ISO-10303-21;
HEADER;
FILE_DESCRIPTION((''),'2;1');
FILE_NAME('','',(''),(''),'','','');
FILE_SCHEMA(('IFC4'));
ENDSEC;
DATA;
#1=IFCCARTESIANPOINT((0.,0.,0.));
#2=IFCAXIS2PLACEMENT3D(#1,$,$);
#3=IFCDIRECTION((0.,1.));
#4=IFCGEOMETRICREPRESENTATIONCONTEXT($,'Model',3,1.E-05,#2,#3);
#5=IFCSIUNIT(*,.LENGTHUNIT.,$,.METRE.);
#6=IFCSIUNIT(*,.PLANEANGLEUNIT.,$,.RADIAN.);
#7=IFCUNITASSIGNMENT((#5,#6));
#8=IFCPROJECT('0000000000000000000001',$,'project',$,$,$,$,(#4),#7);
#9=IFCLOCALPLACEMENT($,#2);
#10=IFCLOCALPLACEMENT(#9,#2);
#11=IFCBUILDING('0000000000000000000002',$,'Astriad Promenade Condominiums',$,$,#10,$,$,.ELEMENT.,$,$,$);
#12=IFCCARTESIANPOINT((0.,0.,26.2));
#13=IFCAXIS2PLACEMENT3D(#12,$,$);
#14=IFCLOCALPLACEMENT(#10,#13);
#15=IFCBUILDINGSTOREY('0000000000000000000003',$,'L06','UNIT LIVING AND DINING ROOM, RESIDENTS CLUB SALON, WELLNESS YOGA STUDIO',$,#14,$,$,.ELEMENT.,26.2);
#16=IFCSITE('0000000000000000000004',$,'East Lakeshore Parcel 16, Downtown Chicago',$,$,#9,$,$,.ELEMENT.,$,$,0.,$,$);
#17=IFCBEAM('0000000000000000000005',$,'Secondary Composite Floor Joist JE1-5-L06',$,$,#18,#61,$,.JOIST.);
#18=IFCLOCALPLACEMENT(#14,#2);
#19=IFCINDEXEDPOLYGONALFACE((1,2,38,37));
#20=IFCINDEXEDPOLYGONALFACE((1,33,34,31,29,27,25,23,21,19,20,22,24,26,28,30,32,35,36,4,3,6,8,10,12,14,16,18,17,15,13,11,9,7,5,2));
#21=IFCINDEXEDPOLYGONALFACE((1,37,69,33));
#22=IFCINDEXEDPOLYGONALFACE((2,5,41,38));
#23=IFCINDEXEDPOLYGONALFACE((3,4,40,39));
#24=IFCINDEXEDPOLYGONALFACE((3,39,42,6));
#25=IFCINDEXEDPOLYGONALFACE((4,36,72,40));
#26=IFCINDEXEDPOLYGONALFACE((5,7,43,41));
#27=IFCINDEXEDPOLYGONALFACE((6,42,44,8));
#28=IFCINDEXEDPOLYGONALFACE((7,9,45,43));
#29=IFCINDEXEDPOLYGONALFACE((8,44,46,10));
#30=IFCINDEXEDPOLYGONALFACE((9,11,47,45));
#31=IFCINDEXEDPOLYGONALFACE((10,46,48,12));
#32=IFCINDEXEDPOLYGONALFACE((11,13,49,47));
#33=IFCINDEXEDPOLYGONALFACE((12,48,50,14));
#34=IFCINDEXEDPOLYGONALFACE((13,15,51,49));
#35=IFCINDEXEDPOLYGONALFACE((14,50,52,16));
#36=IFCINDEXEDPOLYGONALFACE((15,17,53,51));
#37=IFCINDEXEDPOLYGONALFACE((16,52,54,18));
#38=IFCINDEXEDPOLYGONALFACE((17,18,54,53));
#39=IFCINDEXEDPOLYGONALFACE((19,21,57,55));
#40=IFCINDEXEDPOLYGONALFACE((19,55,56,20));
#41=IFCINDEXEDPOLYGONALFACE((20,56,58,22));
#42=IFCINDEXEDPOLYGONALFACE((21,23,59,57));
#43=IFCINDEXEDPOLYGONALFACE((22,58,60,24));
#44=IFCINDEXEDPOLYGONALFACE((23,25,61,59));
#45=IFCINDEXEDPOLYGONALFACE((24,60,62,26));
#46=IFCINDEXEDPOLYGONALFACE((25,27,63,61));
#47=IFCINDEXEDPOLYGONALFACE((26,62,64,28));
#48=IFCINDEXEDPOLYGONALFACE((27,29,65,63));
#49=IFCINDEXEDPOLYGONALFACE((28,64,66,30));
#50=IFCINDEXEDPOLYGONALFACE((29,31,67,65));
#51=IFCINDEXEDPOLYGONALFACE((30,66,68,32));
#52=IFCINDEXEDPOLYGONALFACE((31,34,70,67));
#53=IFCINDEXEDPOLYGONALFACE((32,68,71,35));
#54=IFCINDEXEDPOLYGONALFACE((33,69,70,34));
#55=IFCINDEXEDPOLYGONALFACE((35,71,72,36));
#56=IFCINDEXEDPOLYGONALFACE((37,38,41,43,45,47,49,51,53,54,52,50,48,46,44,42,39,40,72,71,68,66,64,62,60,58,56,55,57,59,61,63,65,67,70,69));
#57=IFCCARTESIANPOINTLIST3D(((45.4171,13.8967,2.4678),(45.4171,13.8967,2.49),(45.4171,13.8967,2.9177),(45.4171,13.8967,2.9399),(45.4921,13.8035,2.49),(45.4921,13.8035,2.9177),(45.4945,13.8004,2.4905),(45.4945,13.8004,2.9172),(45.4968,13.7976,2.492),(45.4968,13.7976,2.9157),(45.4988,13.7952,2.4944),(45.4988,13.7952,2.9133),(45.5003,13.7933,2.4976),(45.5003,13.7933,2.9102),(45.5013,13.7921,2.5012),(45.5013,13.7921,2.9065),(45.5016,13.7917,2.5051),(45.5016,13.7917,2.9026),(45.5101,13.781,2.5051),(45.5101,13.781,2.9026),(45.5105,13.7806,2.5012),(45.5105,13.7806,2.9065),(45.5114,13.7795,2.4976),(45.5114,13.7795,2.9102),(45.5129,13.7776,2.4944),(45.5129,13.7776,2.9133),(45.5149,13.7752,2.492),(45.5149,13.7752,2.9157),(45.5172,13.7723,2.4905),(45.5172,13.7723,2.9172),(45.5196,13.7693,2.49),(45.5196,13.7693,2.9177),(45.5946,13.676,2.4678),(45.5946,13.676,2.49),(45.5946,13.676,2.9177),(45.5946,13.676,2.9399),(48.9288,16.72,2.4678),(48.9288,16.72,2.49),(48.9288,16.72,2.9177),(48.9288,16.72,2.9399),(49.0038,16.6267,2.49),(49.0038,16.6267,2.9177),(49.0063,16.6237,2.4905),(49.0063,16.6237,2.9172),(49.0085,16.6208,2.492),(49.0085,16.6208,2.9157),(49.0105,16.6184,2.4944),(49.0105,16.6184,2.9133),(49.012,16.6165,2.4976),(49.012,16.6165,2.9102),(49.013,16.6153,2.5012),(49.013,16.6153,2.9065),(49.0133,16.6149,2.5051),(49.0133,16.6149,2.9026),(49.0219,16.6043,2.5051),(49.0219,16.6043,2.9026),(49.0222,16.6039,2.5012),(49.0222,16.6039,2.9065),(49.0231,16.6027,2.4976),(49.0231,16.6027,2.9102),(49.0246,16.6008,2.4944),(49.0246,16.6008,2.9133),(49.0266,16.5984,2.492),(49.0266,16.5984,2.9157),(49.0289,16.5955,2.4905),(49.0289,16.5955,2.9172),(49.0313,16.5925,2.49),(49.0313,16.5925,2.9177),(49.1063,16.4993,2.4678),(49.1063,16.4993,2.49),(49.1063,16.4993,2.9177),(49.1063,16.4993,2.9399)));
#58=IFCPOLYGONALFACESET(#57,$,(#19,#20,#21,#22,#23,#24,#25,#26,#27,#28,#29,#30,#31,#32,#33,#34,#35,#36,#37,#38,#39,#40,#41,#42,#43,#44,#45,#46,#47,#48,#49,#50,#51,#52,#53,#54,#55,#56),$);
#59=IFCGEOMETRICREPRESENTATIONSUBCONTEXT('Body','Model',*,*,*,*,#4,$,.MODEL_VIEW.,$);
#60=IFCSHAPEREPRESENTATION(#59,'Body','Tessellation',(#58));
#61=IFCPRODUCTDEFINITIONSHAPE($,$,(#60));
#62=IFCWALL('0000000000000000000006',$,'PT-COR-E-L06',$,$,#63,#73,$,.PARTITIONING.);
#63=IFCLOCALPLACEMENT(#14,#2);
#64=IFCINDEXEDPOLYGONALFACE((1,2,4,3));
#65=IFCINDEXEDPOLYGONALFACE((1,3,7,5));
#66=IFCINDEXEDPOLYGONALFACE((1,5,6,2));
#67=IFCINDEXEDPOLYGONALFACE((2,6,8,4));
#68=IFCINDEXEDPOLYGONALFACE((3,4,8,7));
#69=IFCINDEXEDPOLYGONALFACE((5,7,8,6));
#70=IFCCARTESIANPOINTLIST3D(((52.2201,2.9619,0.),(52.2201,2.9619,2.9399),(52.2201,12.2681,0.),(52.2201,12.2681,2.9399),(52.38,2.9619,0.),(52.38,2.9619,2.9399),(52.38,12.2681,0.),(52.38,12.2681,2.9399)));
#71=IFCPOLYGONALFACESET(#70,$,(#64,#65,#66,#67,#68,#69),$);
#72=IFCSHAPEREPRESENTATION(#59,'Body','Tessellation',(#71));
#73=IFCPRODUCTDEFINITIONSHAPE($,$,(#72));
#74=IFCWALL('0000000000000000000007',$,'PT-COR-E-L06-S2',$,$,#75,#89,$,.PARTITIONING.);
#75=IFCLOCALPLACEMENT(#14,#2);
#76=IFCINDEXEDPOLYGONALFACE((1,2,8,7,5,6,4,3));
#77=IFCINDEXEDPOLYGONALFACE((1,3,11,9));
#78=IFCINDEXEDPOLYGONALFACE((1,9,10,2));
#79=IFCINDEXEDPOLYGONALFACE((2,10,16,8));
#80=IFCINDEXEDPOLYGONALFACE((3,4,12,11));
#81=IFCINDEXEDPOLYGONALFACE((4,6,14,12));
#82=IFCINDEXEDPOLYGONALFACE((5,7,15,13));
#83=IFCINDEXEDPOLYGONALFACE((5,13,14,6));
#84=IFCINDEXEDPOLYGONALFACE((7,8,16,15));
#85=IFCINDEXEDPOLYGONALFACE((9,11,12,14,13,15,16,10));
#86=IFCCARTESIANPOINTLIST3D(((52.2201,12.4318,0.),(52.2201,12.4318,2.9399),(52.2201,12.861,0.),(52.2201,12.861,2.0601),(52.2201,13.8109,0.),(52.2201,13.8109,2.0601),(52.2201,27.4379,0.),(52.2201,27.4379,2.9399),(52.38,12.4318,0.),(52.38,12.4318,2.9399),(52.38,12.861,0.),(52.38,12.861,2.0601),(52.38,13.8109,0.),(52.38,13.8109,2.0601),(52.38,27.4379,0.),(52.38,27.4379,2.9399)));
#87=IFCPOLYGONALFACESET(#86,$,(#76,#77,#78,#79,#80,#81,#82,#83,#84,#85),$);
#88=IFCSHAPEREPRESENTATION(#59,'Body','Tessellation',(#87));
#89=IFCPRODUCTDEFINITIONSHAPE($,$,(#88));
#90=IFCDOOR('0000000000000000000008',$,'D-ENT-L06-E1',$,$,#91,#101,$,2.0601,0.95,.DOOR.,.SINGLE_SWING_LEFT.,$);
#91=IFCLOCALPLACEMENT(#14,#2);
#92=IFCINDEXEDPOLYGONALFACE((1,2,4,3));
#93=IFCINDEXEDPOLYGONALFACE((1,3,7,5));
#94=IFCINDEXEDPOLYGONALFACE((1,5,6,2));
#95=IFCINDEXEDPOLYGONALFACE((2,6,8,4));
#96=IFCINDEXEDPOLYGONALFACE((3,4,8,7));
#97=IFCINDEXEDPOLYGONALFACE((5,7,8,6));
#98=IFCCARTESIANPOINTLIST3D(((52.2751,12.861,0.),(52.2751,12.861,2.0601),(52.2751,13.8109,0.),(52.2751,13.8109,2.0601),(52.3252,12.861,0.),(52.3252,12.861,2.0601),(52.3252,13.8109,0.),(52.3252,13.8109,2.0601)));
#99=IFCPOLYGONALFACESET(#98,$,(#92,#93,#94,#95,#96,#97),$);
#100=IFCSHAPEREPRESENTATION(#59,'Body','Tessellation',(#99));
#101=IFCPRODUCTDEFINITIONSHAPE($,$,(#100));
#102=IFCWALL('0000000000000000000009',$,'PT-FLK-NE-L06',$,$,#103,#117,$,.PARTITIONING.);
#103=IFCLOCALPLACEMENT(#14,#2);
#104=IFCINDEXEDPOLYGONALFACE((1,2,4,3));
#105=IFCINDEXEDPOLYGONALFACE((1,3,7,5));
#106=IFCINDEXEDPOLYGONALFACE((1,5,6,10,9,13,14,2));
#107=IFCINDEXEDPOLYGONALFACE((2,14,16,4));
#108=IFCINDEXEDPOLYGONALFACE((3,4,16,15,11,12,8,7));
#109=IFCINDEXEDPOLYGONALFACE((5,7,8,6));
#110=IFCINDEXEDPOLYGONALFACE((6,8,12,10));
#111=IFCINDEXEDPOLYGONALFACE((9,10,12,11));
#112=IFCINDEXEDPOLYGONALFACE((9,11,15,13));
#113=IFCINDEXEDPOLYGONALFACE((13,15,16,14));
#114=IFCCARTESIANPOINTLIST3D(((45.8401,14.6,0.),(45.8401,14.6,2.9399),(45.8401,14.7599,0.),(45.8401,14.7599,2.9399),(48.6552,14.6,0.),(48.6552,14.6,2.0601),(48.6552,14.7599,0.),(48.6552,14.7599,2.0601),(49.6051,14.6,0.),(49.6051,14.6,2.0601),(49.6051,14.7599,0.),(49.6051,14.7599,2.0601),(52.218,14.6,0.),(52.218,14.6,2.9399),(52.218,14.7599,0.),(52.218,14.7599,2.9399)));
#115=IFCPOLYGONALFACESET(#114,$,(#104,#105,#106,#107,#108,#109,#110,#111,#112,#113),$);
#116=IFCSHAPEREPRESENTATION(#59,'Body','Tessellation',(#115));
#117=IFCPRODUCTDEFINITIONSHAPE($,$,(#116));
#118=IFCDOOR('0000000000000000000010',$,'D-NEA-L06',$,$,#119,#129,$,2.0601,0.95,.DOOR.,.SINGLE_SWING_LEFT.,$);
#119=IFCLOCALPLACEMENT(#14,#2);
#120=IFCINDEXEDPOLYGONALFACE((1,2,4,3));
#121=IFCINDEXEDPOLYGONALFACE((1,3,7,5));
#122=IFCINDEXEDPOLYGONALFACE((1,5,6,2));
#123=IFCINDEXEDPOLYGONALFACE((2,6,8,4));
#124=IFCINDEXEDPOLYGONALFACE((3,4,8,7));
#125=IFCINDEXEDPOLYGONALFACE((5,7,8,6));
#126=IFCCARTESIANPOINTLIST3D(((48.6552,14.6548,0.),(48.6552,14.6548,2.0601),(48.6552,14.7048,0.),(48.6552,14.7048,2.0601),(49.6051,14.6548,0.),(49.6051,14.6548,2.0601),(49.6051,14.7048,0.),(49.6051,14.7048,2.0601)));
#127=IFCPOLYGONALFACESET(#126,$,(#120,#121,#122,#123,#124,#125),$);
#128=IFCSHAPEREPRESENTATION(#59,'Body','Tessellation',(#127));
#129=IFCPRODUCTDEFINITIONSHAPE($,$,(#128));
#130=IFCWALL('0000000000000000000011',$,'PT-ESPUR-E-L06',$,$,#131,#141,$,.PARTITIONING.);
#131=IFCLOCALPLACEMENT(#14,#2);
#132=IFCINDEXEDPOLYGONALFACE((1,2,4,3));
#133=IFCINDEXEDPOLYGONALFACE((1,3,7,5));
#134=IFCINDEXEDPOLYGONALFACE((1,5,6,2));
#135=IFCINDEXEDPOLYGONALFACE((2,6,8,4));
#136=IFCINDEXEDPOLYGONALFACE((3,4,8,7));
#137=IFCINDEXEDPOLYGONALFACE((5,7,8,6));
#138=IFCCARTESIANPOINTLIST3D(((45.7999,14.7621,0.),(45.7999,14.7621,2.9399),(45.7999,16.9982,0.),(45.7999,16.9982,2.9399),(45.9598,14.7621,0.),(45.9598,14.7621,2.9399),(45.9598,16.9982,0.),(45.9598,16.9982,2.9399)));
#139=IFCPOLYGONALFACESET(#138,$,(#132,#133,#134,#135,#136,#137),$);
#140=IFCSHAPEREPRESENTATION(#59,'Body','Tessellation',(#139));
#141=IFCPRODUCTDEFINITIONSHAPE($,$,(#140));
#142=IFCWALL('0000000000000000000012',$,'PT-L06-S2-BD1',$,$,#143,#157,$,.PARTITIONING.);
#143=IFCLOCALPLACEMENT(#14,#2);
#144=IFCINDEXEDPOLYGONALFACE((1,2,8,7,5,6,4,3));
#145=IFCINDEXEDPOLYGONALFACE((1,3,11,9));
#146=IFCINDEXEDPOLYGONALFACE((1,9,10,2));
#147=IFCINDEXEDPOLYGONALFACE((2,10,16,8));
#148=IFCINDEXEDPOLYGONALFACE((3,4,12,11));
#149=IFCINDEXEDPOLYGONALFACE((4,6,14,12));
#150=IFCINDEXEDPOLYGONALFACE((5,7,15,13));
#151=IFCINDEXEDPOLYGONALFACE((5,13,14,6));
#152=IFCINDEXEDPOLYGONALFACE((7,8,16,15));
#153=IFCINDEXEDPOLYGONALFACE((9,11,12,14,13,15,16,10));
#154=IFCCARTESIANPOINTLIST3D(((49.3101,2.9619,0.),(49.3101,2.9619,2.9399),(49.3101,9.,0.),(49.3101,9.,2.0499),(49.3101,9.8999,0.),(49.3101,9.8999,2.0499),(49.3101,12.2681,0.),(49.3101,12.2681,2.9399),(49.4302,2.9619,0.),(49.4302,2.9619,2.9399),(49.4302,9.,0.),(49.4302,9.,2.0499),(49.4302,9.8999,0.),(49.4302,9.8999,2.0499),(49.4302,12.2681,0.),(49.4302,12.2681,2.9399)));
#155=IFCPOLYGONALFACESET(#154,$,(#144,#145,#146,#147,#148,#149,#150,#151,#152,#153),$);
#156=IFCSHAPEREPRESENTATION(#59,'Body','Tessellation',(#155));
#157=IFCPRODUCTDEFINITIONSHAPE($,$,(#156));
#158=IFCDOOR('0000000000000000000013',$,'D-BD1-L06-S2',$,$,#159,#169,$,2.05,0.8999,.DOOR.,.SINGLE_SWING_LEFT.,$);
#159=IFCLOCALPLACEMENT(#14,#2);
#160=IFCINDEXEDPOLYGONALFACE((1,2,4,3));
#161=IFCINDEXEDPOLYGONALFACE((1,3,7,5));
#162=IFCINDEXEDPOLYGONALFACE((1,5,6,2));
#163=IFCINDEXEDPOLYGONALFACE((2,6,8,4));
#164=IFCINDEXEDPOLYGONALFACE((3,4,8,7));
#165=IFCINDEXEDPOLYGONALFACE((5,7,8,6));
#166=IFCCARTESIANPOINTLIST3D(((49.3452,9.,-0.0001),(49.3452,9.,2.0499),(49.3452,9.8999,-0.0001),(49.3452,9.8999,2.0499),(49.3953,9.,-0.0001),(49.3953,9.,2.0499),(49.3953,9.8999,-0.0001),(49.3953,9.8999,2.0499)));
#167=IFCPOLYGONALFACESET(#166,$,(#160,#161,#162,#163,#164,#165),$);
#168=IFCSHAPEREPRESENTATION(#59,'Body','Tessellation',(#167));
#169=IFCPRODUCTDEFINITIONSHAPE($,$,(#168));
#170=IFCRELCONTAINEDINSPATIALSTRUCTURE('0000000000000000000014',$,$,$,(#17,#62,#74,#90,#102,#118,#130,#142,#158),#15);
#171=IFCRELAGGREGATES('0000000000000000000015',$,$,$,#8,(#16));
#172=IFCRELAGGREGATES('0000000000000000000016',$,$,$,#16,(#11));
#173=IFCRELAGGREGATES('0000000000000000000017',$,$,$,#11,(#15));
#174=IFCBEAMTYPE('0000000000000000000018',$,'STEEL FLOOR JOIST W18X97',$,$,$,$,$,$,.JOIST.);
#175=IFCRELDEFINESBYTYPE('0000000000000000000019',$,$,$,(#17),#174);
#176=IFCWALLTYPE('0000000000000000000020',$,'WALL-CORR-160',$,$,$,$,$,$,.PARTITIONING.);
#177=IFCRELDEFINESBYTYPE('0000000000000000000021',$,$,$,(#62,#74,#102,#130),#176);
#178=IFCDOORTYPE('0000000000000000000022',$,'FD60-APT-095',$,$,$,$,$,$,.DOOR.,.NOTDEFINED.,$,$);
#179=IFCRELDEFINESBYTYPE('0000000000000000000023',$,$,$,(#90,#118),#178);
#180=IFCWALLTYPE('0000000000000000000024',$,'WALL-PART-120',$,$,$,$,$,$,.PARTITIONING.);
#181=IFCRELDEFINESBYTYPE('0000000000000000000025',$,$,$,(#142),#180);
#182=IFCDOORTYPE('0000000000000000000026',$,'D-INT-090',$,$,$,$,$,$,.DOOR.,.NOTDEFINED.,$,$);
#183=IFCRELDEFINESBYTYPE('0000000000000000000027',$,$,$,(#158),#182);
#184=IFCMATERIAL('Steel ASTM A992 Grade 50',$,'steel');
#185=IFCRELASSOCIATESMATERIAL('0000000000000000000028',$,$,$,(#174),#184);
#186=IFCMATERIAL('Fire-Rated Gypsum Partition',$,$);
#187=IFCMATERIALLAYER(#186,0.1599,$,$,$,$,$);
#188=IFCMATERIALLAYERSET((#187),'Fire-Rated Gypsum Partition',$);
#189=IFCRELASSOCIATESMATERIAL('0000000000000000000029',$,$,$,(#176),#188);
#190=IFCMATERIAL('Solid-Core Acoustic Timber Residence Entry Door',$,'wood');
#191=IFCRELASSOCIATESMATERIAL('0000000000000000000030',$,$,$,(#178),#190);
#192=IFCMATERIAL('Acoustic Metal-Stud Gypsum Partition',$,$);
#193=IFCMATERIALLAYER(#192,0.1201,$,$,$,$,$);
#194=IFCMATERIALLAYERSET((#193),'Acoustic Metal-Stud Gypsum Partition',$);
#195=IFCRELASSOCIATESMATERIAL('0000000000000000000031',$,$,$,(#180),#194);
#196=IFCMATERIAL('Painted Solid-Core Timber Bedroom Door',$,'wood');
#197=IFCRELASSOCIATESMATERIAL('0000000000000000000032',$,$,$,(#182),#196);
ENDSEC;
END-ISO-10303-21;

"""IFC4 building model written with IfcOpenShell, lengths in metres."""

from ifc_helpers import new_model, si_unit, direction, frame, frame_2d, origin, origin_2d, place, context, subcontext, project, spatial, rectangle, i_section, extrude, source, transform, mapped, material, layer, layer_set, material_profile, profile_set, type_object, type_shapes, element, fill, save


model = new_model("IFC4")

# Units and contexts
model_context = context("Model", 3, precision=1e-05, world=origin(), true_north=direction((0.0, 1.0)))
body_context = subcontext(model_context, "Body", "Model", "MODEL_VIEW")
ifc_project = project(units=[si_unit("LENGTHUNIT", "METRE"), si_unit("PLANEANGLEUNIT", "RADIAN")], contexts=[model_context])

# Site, building, storey
site_placement = place(None, origin())
site = spatial("IfcSite", under=ifc_project, at=site_placement, Name="East Lakeshore Parcel 16, Downtown Chicago", CompositionType="ELEMENT", RefElevation=0.0)
building_placement = place(site_placement, origin())
building = spatial("IfcBuilding", under=site, at=building_placement, Name="Astriad Promenade Condominiums", CompositionType="ELEMENT")
storey_placement = place(building_placement, frame((0.0, 0.0, 26.2)))
storey = spatial("IfcBuildingStorey", under=building, at=storey_placement, Name="L06", Description="UNIT LIVING AND DINING ROOM, RESIDENTS CLUB SALON, WELLNESS YOGA STUDIO", CompositionType="ELEMENT", Elevation=26.2)

# Beam
ifc_material_1 = material(Name="Steel ASTM A992 Grade 50", Category="steel")
ifc_material_profile_1 = material_profile(ifc_material_1, i_section(OverallWidth=0.2832, OverallDepth=0.4722, WebThickness=0.0137, FlangeThickness=0.0222, FilletRadius=0.0151, at=origin_2d()), Name="W18X97")
ifc_profile_set_1 = profile_set([ifc_material_profile_1], Name="Steel ASTM A992 Grade 50")
beam_type_1 = type_object("IfcBeamType", Name="STEEL FLOOR JOIST W18X97", PredefinedType="JOIST", material=ifc_profile_set_1)
shared_shape_1 = source(origin(), body_context, "Body", "SweptSolid", [
    extrude(i_section(OverallWidth=0.2832, OverallDepth=0.4722, WebThickness=0.0137, FlangeThickness=0.0222, FilletRadius=0.0151, at=origin_2d()), origin(), (0.0, 0.0, 1.0), 4.5059),
])
beam_1_placement = place(storey_placement, frame((45.5059, 13.7864, 2.7039), z_axis=(0.779365, 0.62657, 0.0), x_axis=(-0.62657, 0.779365, 0.0)))
element("IfcBeam", 1, at=beam_1_placement, inside=storey, type_object=beam_type_1, Name="Secondary Composite Floor Joist JE1-5-L06", PredefinedType="JOIST", context=body_context, shape_type="MappedRepresentation", body=[
    mapped(shared_shape_1, transform((0.0, 0.0, 0.0), scale=1.0)),
])

# Wall
ifc_material_2 = material(Name="Fire-Rated Gypsum Partition")
ifc_layer_1 = layer(ifc_material_2, 0.1599)
ifc_layer_set_1 = layer_set([ifc_layer_1], Name="Fire-Rated Gypsum Partition")
wall_type_1 = type_object("IfcWallType", Name="WALL-CORR-160", PredefinedType="PARTITIONING", material=ifc_layer_set_1)
wall_1_placement = place(storey_placement, frame((52.3, 2.9619, 0.0), z_axis=(0.0, 0.0, 1.0), x_axis=(0.0, 1.0, 0.0)))
element("IfcWall", 2, at=wall_1_placement, inside=storey, type_object=wall_type_1, Name="PT-COR-E-L06", PredefinedType="PARTITIONING", context=body_context, shape_type="SweptSolid", body=[
    extrude(rectangle(XDim=9.3062, YDim=0.1599, at=frame_2d((4.6531, 0.0))), origin(), (0.0, 0.0, 1.0), 2.9399),
])

# Walls, openings, doors
wall_2_placement = place(storey_placement, frame((52.3, 12.4319, 0.0), z_axis=(0.0, 0.0, 1.0), x_axis=(0.0, 1.0, 0.0)))
wall_2 = element("IfcWall", 3, at=wall_2_placement, inside=storey, type_object=wall_type_1, Name="PT-COR-E-L06-S2", PredefinedType="PARTITIONING", context=body_context, shape_type="SweptSolid", body=[
    extrude(rectangle(XDim=15.0061, YDim=0.1599, at=frame_2d((7.5029, 0.0))), origin(), (0.0, 0.0, 1.0), 2.9399),
])
opening_1_placement = place(wall_2_placement, frame((0.429, 0.0, 0.0)))
opening_1 = element("IfcOpeningElement", 4, at=opening_1_placement, cuts=wall_2, PredefinedType="OPENING", context=body_context, shape_type="SweptSolid", body=[
    extrude(rectangle(XDim=0.95, YDim=2.0601, at=frame_2d((0.4751, 1.03))), frame((0.0, 0.0898, 0.0), z_axis=(0.0, -1.0, 0.0), x_axis=(1.0, 0.0, 0.0)), (0.0, 0.0, 1.0), 0.1799),
])
ifc_material_3 = material(Name="Solid-Core Acoustic Timber Residence Entry Door", Category="wood")
door_type_1 = type_object("IfcDoorType", Name="FD60-APT-095", OperationType="NOTDEFINED", PredefinedType="DOOR", material=ifc_material_3)
shared_shape_2 = source(origin(), body_context, "Body", "SweptSolid", [
    extrude(rectangle(XDim=0.95, YDim=2.0601, at=frame_2d((0.4751, 1.03))), frame((0.0, 0.0249, 0.0), z_axis=(0.0, -1.0, 0.0), x_axis=(1.0, 0.0, 0.0)), (0.0, 0.0, 1.0), 0.05),
])
type_shapes(door_type_1, [shared_shape_2])
door_1_placement = place(opening_1_placement, origin())
door_1 = element("IfcDoor", 5, at=door_1_placement, inside=storey, type_object=door_type_1, Name="D-ENT-L06-E1", OperationType="SINGLE_SWING_LEFT", OverallHeight=2.0601, OverallWidth=0.95, PredefinedType="DOOR", context=body_context, shape_type="MappedRepresentation", body=[
    mapped(shared_shape_2, transform((0.0, 0.0, 0.0), scale=1.0)),
])
fill(opening_1, door_1)
wall_3_placement = place(storey_placement, frame((45.8401, 14.6799, 0.0), z_axis=(0.0, 0.0, 1.0), x_axis=(1.0, 0.0, 0.0)))
wall_3 = element("IfcWall", 6, at=wall_3_placement, inside=storey, type_object=wall_type_1, Name="PT-FLK-NE-L06", PredefinedType="PARTITIONING", context=body_context, shape_type="SweptSolid", body=[
    extrude(rectangle(XDim=6.3779, YDim=0.1599, at=frame_2d((3.189, 0.0))), origin(), (0.0, 0.0, 1.0), 2.9399),
])
opening_2_placement = place(wall_3_placement, frame((2.8149, 0.0, 0.0)))
opening_2 = element("IfcOpeningElement", 7, at=opening_2_placement, cuts=wall_3, PredefinedType="OPENING", context=body_context, shape_type="SweptSolid", body=[
    extrude(rectangle(XDim=0.95, YDim=2.0601, at=frame_2d((0.4751, 1.03))), frame((0.0, 0.0898, 0.0), z_axis=(0.0, -1.0, 0.0), x_axis=(1.0, 0.0, 0.0)), (0.0, 0.0, 1.0), 0.1799),
])
door_2_placement = place(opening_2_placement, origin())
door_2 = element("IfcDoor", 8, at=door_2_placement, inside=storey, type_object=door_type_1, Name="D-NEA-L06", OperationType="SINGLE_SWING_LEFT", OverallHeight=2.0601, OverallWidth=0.95, PredefinedType="DOOR", context=body_context, shape_type="MappedRepresentation", body=[
    mapped(shared_shape_2, transform((0.0, 0.0, 0.0), scale=1.0)),
])
fill(opening_2, door_2)

# Wall
wall_4_placement = place(storey_placement, frame((45.8799, 14.762, 0.0), z_axis=(0.0, 0.0, 1.0), x_axis=(0.0, 1.0, 0.0)))
element("IfcWall", 9, at=wall_4_placement, inside=storey, type_object=wall_type_1, Name="PT-ESPUR-E-L06", PredefinedType="PARTITIONING", context=body_context, shape_type="SweptSolid", body=[
    extrude(rectangle(XDim=2.2361, YDim=0.1599, at=frame_2d((1.1182, 0.0))), origin(), (0.0, 0.0, 1.0), 2.9399),
])

# Wall, opening, door
ifc_material_4 = material(Name="Acoustic Metal-Stud Gypsum Partition")
ifc_layer_2 = layer(ifc_material_4, 0.1201)
ifc_layer_set_2 = layer_set([ifc_layer_2], Name="Acoustic Metal-Stud Gypsum Partition")
wall_type_2 = type_object("IfcWallType", Name="WALL-PART-120", PredefinedType="PARTITIONING", material=ifc_layer_set_2)
wall_5_placement = place(storey_placement, frame((49.3701, 2.9619, 0.0), z_axis=(0.0, 0.0, 1.0), x_axis=(0.0, 1.0, 0.0)))
wall_5 = element("IfcWall", 10, at=wall_5_placement, inside=storey, type_object=wall_type_2, Name="PT-L06-S2-BD1", PredefinedType="PARTITIONING", context=body_context, shape_type="SweptSolid", body=[
    extrude(rectangle(XDim=9.3062, YDim=0.1201, at=frame_2d((4.6531, 0.0))), origin(), (0.0, 0.0, 1.0), 2.9399),
])
opening_3_placement = place(wall_5_placement, frame((6.0381, 0.0, 0.0)))
opening_3 = element("IfcOpeningElement", 11, at=opening_3_placement, cuts=wall_5, PredefinedType="OPENING", context=body_context, shape_type="SweptSolid", body=[
    extrude(rectangle(XDim=0.8999, YDim=2.05, at=frame_2d((0.45, 1.0249))), frame((0.0, 0.0701, 0.0), z_axis=(0.0, -1.0, 0.0), x_axis=(1.0, 0.0, 0.0)), (0.0, 0.0, 1.0), 0.1401),
])
ifc_material_5 = material(Name="Painted Solid-Core Timber Bedroom Door", Category="wood")
door_type_2 = type_object("IfcDoorType", Name="D-INT-090", OperationType="NOTDEFINED", PredefinedType="DOOR", material=ifc_material_5)
shared_shape_3 = source(origin(), body_context, "Body", "SweptSolid", [
    extrude(rectangle(XDim=0.8999, YDim=2.05, at=frame_2d((0.45, 1.0249))), frame((0.0, 0.0249, 0.0), z_axis=(0.0, -1.0, 0.0), x_axis=(1.0, 0.0, 0.0)), (0.0, 0.0, 1.0), 0.05),
])
type_shapes(door_type_2, [shared_shape_3])
door_3_placement = place(opening_3_placement, origin())
door_3 = element("IfcDoor", 12, at=door_3_placement, inside=storey, type_object=door_type_2, Name="D-BD1-L06-S2", OperationType="SINGLE_SWING_LEFT", OverallHeight=2.05, OverallWidth=0.8999, PredefinedType="DOOR", context=body_context, shape_type="MappedRepresentation", body=[
    mapped(shared_shape_3, transform((0.0, 0.0, 0.0), scale=1.0)),
])
fill(opening_3, door_3)

save(model, "model.ifc")
